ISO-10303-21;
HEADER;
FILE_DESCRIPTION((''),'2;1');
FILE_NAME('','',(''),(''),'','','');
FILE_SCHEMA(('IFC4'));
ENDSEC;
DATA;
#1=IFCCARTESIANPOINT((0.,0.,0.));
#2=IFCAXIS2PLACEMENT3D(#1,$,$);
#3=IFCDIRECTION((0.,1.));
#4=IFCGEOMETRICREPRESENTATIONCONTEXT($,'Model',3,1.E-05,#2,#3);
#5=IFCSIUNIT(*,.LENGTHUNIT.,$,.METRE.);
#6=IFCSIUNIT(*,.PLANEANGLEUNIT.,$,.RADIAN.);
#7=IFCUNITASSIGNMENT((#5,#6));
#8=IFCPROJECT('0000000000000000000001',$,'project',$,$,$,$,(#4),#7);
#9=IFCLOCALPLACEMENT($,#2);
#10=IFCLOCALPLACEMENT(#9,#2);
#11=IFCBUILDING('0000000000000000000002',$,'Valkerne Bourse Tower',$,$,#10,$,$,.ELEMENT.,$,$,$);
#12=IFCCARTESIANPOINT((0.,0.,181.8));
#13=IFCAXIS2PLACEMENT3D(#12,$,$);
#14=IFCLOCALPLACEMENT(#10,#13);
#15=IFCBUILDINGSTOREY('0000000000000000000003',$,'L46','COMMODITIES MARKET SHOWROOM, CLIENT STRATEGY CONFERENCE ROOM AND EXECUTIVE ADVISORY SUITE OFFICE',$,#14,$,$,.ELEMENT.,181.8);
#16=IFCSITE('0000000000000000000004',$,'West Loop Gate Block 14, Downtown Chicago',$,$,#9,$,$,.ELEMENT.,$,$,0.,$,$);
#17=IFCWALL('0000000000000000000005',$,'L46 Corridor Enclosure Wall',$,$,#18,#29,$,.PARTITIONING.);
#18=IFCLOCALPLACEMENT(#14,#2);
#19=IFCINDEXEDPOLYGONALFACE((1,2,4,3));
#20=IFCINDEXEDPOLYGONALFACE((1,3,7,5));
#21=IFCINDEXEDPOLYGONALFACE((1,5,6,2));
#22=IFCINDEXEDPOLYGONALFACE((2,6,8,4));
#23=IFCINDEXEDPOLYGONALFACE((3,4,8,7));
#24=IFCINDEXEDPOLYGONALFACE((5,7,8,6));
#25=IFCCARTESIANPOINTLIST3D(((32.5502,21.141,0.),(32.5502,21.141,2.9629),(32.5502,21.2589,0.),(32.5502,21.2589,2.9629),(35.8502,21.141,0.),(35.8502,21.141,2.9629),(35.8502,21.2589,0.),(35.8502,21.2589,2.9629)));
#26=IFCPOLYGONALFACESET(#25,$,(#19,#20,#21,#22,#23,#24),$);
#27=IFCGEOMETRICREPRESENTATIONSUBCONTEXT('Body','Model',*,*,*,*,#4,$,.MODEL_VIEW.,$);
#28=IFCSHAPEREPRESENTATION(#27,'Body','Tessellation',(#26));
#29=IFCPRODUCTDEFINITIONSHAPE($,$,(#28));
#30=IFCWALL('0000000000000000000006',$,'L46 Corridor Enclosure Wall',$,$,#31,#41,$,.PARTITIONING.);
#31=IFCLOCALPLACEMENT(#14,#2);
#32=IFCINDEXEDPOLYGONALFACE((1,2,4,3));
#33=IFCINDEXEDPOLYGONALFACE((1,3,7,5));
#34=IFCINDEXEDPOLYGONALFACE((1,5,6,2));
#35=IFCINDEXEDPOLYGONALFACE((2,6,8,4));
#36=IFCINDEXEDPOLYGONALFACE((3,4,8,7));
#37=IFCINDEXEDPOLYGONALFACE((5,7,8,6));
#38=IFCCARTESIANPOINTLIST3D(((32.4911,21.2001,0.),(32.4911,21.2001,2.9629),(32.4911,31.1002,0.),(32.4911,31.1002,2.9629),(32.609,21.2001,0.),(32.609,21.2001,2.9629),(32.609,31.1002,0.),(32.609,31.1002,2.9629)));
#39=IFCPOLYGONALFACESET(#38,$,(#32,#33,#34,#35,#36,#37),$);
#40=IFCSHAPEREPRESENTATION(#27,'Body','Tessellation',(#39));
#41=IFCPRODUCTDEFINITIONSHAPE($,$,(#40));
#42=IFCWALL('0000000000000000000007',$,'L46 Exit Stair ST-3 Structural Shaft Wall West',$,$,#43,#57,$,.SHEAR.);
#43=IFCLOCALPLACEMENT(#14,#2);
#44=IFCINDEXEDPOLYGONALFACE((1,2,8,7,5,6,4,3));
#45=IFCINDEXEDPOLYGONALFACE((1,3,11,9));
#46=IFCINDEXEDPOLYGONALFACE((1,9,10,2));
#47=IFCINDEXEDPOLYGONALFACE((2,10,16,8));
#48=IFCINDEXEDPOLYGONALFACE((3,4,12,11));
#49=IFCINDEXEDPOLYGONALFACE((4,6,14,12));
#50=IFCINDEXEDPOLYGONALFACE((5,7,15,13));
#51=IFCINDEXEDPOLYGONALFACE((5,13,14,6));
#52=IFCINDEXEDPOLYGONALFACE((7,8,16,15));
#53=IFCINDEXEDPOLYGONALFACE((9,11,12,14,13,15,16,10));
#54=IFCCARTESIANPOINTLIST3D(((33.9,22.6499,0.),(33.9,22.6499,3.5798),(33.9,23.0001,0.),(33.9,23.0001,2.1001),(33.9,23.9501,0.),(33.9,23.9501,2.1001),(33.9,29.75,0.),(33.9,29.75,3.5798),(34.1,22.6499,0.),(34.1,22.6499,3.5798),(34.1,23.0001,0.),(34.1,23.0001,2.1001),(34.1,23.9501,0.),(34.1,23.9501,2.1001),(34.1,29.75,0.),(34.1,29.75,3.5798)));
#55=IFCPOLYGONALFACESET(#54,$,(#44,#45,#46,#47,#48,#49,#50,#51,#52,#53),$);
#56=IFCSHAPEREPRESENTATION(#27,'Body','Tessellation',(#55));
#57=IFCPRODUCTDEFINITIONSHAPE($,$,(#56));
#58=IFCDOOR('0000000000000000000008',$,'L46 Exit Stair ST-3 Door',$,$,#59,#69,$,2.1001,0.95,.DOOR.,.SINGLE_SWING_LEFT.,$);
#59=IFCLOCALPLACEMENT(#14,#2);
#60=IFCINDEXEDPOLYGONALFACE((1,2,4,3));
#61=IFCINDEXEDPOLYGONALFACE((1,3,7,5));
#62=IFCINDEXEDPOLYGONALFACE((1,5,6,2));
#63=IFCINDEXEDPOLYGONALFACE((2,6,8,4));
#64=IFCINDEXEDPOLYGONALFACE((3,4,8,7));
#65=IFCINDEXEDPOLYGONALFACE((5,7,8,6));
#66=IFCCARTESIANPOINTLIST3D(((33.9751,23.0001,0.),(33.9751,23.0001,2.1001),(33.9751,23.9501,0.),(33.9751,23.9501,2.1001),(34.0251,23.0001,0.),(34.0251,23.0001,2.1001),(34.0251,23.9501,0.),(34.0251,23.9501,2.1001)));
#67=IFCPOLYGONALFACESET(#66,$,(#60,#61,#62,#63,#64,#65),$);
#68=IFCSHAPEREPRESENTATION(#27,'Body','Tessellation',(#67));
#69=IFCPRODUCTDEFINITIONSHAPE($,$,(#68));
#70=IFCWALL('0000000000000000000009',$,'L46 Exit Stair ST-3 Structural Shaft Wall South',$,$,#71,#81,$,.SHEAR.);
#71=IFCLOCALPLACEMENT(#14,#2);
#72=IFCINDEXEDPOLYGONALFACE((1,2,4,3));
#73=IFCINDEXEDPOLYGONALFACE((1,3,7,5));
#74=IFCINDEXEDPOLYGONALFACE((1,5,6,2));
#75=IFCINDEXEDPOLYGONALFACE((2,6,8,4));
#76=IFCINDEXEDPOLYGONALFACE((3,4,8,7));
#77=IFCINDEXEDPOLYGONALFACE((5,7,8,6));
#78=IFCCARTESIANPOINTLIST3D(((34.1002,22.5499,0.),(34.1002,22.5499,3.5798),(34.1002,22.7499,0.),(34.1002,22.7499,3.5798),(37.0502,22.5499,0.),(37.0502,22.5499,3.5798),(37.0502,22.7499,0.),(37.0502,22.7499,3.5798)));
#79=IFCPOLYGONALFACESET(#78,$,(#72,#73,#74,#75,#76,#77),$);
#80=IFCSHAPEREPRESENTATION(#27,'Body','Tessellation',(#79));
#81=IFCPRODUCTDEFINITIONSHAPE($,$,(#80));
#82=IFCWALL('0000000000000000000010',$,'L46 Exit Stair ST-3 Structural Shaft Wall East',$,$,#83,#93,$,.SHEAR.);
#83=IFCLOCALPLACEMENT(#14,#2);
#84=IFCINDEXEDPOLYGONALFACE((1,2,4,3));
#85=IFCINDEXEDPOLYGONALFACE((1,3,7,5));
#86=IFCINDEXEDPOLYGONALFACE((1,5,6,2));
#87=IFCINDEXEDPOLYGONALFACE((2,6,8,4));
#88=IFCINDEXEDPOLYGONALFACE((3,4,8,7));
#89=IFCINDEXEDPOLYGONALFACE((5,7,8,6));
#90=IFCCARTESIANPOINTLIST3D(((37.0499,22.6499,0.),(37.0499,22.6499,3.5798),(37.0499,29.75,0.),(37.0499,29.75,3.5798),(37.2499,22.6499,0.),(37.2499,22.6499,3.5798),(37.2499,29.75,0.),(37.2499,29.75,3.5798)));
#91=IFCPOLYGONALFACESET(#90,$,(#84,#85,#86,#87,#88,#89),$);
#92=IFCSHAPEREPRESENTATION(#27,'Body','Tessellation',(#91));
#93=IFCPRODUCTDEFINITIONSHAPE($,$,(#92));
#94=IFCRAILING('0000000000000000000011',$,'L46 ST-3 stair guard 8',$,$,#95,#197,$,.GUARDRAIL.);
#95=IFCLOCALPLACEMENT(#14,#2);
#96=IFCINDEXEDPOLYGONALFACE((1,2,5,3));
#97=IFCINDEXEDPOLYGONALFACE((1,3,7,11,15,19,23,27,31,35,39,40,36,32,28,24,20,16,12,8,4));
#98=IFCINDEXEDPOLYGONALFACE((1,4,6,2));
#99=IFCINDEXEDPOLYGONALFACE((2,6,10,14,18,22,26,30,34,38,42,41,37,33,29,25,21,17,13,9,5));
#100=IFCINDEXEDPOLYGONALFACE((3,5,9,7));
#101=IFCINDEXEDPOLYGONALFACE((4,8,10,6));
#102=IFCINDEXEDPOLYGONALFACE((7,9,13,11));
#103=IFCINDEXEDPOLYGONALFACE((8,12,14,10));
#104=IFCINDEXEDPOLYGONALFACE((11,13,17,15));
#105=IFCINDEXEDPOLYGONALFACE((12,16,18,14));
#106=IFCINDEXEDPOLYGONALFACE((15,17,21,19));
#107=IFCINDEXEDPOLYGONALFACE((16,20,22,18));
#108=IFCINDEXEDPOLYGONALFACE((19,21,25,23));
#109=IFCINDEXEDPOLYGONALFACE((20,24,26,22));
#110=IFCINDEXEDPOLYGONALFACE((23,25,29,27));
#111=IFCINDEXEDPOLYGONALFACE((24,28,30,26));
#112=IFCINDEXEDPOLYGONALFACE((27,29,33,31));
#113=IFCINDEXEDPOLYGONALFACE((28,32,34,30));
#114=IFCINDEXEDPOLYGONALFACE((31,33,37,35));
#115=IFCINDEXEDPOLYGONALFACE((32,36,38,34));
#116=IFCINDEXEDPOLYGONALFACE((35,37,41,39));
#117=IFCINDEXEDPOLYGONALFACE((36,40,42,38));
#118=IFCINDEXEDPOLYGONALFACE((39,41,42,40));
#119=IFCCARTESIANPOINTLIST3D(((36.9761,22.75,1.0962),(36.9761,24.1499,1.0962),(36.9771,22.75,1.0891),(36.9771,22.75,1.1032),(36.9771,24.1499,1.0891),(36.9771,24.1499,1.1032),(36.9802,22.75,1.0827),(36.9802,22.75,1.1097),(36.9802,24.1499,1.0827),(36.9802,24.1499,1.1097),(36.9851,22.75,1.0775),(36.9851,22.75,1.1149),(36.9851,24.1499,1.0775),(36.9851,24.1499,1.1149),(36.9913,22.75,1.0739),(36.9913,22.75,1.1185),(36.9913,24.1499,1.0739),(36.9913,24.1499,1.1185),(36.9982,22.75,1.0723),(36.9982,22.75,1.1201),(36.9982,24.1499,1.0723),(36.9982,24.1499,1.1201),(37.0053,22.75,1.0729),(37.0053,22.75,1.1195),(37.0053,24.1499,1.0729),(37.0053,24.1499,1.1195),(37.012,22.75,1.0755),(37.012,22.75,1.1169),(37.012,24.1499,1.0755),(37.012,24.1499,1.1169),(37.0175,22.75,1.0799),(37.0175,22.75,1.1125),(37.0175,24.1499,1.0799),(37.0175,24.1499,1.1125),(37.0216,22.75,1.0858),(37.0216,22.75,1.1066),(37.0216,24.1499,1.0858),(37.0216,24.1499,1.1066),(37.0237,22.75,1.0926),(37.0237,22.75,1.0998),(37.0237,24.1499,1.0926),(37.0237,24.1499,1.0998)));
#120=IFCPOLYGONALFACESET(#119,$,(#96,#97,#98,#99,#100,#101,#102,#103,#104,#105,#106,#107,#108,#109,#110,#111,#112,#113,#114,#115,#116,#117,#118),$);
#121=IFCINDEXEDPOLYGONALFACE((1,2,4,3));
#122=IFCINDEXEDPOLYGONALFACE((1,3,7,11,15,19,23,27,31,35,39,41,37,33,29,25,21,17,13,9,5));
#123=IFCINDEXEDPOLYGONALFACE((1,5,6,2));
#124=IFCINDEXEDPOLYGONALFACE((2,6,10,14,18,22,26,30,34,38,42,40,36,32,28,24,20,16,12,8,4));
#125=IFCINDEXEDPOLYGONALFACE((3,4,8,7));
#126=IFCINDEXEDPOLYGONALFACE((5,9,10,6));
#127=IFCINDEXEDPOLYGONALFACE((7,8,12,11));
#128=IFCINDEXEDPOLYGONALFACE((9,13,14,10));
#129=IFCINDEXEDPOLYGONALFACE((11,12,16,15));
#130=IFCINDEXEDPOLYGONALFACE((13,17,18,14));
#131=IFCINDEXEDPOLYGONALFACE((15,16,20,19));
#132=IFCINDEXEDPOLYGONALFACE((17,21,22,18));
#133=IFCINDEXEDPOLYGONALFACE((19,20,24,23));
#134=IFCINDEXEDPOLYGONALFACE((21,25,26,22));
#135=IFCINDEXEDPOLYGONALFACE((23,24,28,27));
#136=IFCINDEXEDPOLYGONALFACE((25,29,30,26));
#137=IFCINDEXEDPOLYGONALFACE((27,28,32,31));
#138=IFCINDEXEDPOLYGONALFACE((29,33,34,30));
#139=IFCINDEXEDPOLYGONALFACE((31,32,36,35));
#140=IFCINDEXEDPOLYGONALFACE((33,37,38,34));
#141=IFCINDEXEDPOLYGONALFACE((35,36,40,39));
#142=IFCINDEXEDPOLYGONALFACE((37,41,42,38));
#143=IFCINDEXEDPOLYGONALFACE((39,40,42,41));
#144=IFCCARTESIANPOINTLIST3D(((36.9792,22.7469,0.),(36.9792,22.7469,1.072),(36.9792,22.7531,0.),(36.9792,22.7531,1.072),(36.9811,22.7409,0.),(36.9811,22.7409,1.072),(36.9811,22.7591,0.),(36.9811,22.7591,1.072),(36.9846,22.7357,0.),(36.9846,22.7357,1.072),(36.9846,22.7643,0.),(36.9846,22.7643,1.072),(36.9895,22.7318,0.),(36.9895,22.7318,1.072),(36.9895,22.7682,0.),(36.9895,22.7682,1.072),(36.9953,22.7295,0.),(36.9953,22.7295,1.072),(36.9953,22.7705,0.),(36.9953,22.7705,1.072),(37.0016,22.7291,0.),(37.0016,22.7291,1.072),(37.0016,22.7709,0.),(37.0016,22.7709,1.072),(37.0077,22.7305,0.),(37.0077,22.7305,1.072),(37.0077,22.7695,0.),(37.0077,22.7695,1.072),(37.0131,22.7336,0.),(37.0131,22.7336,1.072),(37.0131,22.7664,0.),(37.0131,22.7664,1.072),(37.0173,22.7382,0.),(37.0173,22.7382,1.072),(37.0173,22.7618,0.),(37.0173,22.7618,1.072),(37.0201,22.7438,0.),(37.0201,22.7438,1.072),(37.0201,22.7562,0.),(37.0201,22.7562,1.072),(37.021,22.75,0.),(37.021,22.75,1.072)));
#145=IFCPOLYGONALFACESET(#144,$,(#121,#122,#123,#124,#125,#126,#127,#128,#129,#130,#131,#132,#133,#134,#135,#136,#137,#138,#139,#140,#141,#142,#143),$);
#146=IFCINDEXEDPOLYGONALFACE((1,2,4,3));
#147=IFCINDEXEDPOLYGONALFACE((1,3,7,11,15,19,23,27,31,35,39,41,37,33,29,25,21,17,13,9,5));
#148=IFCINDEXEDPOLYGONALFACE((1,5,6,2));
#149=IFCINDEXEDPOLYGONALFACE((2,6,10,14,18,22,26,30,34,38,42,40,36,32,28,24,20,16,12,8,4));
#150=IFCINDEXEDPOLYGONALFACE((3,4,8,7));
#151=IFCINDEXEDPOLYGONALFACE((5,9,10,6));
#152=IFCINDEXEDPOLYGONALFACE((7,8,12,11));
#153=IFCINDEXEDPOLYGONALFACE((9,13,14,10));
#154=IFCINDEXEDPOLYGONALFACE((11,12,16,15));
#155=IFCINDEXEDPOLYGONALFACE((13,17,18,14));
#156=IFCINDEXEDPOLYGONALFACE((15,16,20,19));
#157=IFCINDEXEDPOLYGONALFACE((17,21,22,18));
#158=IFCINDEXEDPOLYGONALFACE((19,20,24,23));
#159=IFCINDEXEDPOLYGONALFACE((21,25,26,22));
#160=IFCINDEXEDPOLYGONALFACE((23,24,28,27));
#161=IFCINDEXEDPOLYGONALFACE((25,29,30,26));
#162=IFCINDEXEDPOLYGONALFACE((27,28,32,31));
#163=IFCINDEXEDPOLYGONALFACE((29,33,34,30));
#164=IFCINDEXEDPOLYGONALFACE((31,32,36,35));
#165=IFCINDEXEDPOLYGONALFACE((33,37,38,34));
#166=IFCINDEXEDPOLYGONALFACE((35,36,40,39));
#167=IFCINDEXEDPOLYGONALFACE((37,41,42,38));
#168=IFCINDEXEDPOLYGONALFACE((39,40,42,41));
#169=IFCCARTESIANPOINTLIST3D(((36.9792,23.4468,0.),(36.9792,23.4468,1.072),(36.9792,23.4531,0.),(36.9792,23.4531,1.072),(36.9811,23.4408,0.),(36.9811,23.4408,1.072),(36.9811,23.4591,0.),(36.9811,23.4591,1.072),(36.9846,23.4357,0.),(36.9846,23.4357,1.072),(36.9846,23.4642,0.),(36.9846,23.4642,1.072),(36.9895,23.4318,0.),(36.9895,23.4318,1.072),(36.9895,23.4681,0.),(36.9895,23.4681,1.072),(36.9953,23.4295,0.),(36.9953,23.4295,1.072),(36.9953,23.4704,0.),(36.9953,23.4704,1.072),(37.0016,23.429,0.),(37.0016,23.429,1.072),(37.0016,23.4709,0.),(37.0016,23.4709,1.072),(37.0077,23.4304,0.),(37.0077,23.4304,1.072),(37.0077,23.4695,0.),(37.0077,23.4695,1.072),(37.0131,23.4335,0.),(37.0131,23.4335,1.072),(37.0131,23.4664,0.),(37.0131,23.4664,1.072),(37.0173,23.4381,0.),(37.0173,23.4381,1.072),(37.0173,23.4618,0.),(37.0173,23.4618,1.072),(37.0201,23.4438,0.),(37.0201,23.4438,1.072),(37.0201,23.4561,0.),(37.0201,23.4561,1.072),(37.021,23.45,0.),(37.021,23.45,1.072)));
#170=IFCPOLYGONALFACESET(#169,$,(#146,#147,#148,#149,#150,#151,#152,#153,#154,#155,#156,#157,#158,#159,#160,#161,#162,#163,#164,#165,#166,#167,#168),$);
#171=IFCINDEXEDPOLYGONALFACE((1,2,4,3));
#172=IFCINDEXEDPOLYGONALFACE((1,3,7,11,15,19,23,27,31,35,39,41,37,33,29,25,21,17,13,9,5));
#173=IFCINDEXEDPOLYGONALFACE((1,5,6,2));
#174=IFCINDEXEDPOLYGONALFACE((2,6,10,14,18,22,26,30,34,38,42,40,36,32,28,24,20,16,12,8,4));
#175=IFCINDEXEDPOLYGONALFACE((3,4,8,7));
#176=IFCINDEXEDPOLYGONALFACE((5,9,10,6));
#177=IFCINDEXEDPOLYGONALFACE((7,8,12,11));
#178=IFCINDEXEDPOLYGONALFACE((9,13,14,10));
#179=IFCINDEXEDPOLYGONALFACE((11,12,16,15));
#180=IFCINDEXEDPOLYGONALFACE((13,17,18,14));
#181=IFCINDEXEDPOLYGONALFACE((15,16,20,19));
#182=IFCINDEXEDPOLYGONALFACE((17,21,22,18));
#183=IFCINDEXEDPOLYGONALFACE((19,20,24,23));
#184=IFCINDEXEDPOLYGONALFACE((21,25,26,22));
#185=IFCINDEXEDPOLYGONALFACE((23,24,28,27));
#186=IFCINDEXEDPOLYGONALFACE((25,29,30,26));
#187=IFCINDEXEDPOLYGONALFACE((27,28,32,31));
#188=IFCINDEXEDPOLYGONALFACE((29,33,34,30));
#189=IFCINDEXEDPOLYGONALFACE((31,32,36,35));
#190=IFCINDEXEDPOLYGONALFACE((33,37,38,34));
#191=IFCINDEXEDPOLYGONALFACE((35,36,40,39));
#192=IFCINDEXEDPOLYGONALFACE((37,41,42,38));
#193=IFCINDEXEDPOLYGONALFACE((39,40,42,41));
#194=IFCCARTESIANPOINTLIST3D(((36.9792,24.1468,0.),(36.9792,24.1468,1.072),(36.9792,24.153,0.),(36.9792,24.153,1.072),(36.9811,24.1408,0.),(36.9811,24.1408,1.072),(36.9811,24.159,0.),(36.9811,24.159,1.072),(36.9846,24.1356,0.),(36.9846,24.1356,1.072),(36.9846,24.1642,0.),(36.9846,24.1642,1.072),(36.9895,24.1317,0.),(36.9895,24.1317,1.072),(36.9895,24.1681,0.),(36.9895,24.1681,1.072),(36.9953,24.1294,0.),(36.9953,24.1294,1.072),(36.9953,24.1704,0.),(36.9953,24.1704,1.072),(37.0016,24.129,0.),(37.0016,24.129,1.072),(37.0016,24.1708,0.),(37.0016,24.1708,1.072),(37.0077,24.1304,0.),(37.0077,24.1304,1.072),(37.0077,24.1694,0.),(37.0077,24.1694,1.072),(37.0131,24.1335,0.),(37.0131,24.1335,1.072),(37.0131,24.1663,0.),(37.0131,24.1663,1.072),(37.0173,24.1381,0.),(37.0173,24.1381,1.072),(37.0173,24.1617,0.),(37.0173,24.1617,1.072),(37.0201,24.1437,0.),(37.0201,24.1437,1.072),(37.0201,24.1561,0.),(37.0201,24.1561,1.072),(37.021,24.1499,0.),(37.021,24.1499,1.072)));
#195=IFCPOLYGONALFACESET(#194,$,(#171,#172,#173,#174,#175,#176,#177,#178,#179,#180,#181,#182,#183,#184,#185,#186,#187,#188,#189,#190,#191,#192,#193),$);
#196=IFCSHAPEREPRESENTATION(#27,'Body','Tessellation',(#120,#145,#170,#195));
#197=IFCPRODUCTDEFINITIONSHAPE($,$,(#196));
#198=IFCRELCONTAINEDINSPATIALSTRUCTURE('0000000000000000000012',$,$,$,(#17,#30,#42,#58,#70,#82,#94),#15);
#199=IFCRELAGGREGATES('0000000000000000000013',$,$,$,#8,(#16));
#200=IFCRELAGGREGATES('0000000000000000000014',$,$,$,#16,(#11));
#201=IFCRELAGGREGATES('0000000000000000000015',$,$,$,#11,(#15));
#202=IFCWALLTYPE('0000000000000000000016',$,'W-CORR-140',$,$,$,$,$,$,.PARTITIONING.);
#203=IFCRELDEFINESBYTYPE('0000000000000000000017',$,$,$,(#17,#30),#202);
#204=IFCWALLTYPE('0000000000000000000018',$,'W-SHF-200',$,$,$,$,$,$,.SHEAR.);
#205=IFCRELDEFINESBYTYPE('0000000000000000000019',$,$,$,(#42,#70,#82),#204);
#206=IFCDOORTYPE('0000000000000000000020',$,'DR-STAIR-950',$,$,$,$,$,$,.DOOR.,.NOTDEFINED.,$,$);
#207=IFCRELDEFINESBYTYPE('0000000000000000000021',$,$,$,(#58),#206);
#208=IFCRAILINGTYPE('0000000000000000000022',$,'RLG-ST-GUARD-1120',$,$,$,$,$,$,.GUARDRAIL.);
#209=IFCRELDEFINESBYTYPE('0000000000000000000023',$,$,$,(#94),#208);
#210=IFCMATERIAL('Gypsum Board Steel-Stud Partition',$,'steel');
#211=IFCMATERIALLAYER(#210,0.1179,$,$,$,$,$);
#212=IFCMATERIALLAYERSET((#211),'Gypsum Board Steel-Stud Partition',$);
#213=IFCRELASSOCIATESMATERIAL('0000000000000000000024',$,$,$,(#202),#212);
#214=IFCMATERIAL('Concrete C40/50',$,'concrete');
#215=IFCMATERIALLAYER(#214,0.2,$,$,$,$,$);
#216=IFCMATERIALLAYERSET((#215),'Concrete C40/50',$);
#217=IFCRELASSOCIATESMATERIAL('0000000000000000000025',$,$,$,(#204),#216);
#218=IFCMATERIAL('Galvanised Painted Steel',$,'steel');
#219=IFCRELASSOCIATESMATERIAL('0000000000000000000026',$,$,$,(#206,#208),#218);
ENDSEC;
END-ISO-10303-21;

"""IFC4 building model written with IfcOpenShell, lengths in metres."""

from ifc_helpers import new_model, si_unit, direction, frame, frame_2d, origin, origin_2d, place, context, subcontext, project, spatial, rectangle, circle, extrude, material, layer, layer_set, type_object, element, fill, save


model = new_model("IFC4")

# Units and contexts
model_context = context("Model", 3, precision=1e-05, world=origin(), true_north=direction((0.0, 1.0)))
body_context = subcontext(model_context, "Body", "Model", "MODEL_VIEW")
ifc_project = project(units=[si_unit("LENGTHUNIT", "METRE"), si_unit("PLANEANGLEUNIT", "RADIAN")], contexts=[model_context])

# Site, building, storey
site_placement = place(None, origin())
site = spatial("IfcSite", under=ifc_project, at=site_placement, Name="West Loop Gate Block 14, Downtown Chicago", CompositionType="ELEMENT", RefElevation=0.0)
building_placement = place(site_placement, origin())
building = spatial("IfcBuilding", under=site, at=building_placement, Name="Valkerne Bourse Tower", CompositionType="ELEMENT")
storey_placement = place(building_placement, frame((0.0, 0.0, 181.8)))
storey = spatial("IfcBuildingStorey", under=building, at=storey_placement, Name="L46", Description="COMMODITIES MARKET SHOWROOM, CLIENT STRATEGY CONFERENCE ROOM AND EXECUTIVE ADVISORY SUITE OFFICE", CompositionType="ELEMENT", Elevation=181.8)

# Walls
ifc_material_1 = material(Name="Gypsum Board Steel-Stud Partition", Category="steel")
ifc_layer_1 = layer(ifc_material_1, 0.1179)
ifc_layer_set_1 = layer_set([ifc_layer_1], Name="Gypsum Board Steel-Stud Partition")
wall_type_1 = type_object("IfcWallType", Name="W-CORR-140", PredefinedType="PARTITIONING", material=ifc_layer_set_1)
wall_1_placement = place(storey_placement, frame((35.8501, 21.2, 0.0), z_axis=(0.0, 0.0, 1.0), x_axis=(-1.0, 0.0, 0.0)))
element("IfcWall", 1, at=wall_1_placement, inside=storey, type_object=wall_type_1, Name="L46 Corridor Enclosure Wall", PredefinedType="PARTITIONING", context=body_context, shape_type="SweptSolid", body=[
    extrude(rectangle(XDim=3.3, YDim=0.1179, at=frame_2d((1.6499, 0.0))), origin(), (0.0, 0.0, 1.0), 2.9629),
])
wall_2_placement = place(storey_placement, frame((32.55, 21.2, 0.0), z_axis=(0.0, 0.0, 1.0), x_axis=(0.0, 1.0, 0.0)))
element("IfcWall", 2, at=wall_2_placement, inside=storey, type_object=wall_type_1, Name="L46 Corridor Enclosure Wall", PredefinedType="PARTITIONING", context=body_context, shape_type="SweptSolid", body=[
    extrude(rectangle(XDim=9.9001, YDim=0.1179, at=frame_2d((4.9502, 0.0))), origin(), (0.0, 0.0, 1.0), 2.9629),
])

# Wall, opening, door
ifc_material_2 = material(Name="Concrete C40/50", Category="concrete")
ifc_layer_2 = layer(ifc_material_2, 0.2)
ifc_layer_set_2 = layer_set([ifc_layer_2], Name="Concrete C40/50")
wall_type_2 = type_object("IfcWallType", Name="W-SHF-200", PredefinedType="SHEAR", material=ifc_layer_set_2)
wall_3_placement = place(storey_placement, frame((34.0, 22.6499, 0.0), z_axis=(0.0, 0.0, 1.0), x_axis=(0.0, 1.0, 0.0)))
wall_3 = element("IfcWall", 3, at=wall_3_placement, inside=storey, type_object=wall_type_2, Name="L46 Exit Stair ST-3 Structural Shaft Wall West", PredefinedType="SHEAR", context=body_context, shape_type="SweptSolid", body=[
    extrude(rectangle(XDim=7.1001, YDim=0.2, at=frame_2d((3.55, 0.0))), origin(), (0.0, 0.0, 1.0), 3.5798),
])
opening_placement = place(wall_3_placement, frame((0.3501, 0.0, 0.0)))
opening = element("IfcOpeningElement", 4, at=opening_placement, cuts=wall_3, PredefinedType="OPENING", context=body_context, shape_type="SweptSolid", body=[
    extrude(rectangle(XDim=0.95, YDim=2.1001, at=frame_2d((0.4751, 1.05))), frame((0.0, 0.1099, 0.0), z_axis=(0.0, -1.0, 0.0), x_axis=(1.0, 0.0, 0.0)), (0.0, 0.0, 1.0), 0.22),
])
ifc_material_3 = material(Name="Galvanised Painted Steel", Category="steel")
door_type = type_object("IfcDoorType", Name="DR-STAIR-950", OperationType="NOTDEFINED", PredefinedType="DOOR", material=ifc_material_3)
door_placement = place(opening_placement, origin())
door = element("IfcDoor", 5, at=door_placement, inside=storey, type_object=door_type, Name="L46 Exit Stair ST-3 Door", OperationType="SINGLE_SWING_LEFT", OverallHeight=2.1001, OverallWidth=0.95, PredefinedType="DOOR", context=body_context, shape_type="SweptSolid", body=[
    extrude(rectangle(XDim=0.95, YDim=2.1001, at=frame_2d((0.4751, 1.05))), frame((0.0, 0.0249, 0.0), z_axis=(0.0, -1.0, 0.0), x_axis=(1.0, 0.0, 0.0)), (0.0, 0.0, 1.0), 0.05),
])
fill(opening, door)

# Walls
wall_4_placement = place(storey_placement, frame((34.1001, 22.6499, 0.0), z_axis=(0.0, 0.0, 1.0), x_axis=(1.0, 0.0, 0.0)))
element("IfcWall", 6, at=wall_4_placement, inside=storey, type_object=wall_type_2, Name="L46 Exit Stair ST-3 Structural Shaft Wall South", PredefinedType="SHEAR", context=body_context, shape_type="SweptSolid", body=[
    extrude(rectangle(XDim=2.95, YDim=0.2, at=frame_2d((1.4751, 0.0))), origin(), (0.0, 0.0, 1.0), 3.5798),
])
wall_5_placement = place(storey_placement, frame((37.1499, 22.6499, 0.0), z_axis=(0.0, 0.0, 1.0), x_axis=(0.0, 1.0, 0.0)))
element("IfcWall", 7, at=wall_5_placement, inside=storey, type_object=wall_type_2, Name="L46 Exit Stair ST-3 Structural Shaft Wall East", PredefinedType="SHEAR", context=body_context, shape_type="SweptSolid", body=[
    extrude(rectangle(XDim=7.1001, YDim=0.2, at=frame_2d((3.55, 0.0))), origin(), (0.0, 0.0, 1.0), 3.5798),
])

# Railing
railing_type = type_object("IfcRailingType", Name="RLG-ST-GUARD-1120", PredefinedType="GUARDRAIL", material=ifc_material_3)
for number, where, name in (
    (8, (37.0, 22.75, 0.0), "L46 ST-3 stair guard 8"),
):
    element("IfcRailing", number, at=place(storey_placement, frame(where)), inside=storey, type_object=railing_type, Name=name, PredefinedType="GUARDRAIL", context=body_context, shape_type="SweptSolid", body=[
        extrude(circle(Radius=0.0239, at=origin_2d()), frame((0.0, 0.0, 1.0962), z_axis=(0.0, 1.0, 0.0), x_axis=(-1.0, 0.0, 0.0)), (0.0, 0.0, 1.0), 1.3999),
        extrude(circle(Radius=0.021, at=origin_2d()), origin(), (0.0, 0.0, 1.0), 1.072),
        extrude(circle(Radius=0.021, at=origin_2d()), frame((0.0, 0.7, 0.0)), (0.0, 0.0, 1.0), 1.072),
        extrude(circle(Radius=0.021, at=origin_2d()), frame((0.0, 1.3999, 0.0)), (0.0, 0.0, 1.0), 1.072),
    ])

save(model, "model.ifc")
